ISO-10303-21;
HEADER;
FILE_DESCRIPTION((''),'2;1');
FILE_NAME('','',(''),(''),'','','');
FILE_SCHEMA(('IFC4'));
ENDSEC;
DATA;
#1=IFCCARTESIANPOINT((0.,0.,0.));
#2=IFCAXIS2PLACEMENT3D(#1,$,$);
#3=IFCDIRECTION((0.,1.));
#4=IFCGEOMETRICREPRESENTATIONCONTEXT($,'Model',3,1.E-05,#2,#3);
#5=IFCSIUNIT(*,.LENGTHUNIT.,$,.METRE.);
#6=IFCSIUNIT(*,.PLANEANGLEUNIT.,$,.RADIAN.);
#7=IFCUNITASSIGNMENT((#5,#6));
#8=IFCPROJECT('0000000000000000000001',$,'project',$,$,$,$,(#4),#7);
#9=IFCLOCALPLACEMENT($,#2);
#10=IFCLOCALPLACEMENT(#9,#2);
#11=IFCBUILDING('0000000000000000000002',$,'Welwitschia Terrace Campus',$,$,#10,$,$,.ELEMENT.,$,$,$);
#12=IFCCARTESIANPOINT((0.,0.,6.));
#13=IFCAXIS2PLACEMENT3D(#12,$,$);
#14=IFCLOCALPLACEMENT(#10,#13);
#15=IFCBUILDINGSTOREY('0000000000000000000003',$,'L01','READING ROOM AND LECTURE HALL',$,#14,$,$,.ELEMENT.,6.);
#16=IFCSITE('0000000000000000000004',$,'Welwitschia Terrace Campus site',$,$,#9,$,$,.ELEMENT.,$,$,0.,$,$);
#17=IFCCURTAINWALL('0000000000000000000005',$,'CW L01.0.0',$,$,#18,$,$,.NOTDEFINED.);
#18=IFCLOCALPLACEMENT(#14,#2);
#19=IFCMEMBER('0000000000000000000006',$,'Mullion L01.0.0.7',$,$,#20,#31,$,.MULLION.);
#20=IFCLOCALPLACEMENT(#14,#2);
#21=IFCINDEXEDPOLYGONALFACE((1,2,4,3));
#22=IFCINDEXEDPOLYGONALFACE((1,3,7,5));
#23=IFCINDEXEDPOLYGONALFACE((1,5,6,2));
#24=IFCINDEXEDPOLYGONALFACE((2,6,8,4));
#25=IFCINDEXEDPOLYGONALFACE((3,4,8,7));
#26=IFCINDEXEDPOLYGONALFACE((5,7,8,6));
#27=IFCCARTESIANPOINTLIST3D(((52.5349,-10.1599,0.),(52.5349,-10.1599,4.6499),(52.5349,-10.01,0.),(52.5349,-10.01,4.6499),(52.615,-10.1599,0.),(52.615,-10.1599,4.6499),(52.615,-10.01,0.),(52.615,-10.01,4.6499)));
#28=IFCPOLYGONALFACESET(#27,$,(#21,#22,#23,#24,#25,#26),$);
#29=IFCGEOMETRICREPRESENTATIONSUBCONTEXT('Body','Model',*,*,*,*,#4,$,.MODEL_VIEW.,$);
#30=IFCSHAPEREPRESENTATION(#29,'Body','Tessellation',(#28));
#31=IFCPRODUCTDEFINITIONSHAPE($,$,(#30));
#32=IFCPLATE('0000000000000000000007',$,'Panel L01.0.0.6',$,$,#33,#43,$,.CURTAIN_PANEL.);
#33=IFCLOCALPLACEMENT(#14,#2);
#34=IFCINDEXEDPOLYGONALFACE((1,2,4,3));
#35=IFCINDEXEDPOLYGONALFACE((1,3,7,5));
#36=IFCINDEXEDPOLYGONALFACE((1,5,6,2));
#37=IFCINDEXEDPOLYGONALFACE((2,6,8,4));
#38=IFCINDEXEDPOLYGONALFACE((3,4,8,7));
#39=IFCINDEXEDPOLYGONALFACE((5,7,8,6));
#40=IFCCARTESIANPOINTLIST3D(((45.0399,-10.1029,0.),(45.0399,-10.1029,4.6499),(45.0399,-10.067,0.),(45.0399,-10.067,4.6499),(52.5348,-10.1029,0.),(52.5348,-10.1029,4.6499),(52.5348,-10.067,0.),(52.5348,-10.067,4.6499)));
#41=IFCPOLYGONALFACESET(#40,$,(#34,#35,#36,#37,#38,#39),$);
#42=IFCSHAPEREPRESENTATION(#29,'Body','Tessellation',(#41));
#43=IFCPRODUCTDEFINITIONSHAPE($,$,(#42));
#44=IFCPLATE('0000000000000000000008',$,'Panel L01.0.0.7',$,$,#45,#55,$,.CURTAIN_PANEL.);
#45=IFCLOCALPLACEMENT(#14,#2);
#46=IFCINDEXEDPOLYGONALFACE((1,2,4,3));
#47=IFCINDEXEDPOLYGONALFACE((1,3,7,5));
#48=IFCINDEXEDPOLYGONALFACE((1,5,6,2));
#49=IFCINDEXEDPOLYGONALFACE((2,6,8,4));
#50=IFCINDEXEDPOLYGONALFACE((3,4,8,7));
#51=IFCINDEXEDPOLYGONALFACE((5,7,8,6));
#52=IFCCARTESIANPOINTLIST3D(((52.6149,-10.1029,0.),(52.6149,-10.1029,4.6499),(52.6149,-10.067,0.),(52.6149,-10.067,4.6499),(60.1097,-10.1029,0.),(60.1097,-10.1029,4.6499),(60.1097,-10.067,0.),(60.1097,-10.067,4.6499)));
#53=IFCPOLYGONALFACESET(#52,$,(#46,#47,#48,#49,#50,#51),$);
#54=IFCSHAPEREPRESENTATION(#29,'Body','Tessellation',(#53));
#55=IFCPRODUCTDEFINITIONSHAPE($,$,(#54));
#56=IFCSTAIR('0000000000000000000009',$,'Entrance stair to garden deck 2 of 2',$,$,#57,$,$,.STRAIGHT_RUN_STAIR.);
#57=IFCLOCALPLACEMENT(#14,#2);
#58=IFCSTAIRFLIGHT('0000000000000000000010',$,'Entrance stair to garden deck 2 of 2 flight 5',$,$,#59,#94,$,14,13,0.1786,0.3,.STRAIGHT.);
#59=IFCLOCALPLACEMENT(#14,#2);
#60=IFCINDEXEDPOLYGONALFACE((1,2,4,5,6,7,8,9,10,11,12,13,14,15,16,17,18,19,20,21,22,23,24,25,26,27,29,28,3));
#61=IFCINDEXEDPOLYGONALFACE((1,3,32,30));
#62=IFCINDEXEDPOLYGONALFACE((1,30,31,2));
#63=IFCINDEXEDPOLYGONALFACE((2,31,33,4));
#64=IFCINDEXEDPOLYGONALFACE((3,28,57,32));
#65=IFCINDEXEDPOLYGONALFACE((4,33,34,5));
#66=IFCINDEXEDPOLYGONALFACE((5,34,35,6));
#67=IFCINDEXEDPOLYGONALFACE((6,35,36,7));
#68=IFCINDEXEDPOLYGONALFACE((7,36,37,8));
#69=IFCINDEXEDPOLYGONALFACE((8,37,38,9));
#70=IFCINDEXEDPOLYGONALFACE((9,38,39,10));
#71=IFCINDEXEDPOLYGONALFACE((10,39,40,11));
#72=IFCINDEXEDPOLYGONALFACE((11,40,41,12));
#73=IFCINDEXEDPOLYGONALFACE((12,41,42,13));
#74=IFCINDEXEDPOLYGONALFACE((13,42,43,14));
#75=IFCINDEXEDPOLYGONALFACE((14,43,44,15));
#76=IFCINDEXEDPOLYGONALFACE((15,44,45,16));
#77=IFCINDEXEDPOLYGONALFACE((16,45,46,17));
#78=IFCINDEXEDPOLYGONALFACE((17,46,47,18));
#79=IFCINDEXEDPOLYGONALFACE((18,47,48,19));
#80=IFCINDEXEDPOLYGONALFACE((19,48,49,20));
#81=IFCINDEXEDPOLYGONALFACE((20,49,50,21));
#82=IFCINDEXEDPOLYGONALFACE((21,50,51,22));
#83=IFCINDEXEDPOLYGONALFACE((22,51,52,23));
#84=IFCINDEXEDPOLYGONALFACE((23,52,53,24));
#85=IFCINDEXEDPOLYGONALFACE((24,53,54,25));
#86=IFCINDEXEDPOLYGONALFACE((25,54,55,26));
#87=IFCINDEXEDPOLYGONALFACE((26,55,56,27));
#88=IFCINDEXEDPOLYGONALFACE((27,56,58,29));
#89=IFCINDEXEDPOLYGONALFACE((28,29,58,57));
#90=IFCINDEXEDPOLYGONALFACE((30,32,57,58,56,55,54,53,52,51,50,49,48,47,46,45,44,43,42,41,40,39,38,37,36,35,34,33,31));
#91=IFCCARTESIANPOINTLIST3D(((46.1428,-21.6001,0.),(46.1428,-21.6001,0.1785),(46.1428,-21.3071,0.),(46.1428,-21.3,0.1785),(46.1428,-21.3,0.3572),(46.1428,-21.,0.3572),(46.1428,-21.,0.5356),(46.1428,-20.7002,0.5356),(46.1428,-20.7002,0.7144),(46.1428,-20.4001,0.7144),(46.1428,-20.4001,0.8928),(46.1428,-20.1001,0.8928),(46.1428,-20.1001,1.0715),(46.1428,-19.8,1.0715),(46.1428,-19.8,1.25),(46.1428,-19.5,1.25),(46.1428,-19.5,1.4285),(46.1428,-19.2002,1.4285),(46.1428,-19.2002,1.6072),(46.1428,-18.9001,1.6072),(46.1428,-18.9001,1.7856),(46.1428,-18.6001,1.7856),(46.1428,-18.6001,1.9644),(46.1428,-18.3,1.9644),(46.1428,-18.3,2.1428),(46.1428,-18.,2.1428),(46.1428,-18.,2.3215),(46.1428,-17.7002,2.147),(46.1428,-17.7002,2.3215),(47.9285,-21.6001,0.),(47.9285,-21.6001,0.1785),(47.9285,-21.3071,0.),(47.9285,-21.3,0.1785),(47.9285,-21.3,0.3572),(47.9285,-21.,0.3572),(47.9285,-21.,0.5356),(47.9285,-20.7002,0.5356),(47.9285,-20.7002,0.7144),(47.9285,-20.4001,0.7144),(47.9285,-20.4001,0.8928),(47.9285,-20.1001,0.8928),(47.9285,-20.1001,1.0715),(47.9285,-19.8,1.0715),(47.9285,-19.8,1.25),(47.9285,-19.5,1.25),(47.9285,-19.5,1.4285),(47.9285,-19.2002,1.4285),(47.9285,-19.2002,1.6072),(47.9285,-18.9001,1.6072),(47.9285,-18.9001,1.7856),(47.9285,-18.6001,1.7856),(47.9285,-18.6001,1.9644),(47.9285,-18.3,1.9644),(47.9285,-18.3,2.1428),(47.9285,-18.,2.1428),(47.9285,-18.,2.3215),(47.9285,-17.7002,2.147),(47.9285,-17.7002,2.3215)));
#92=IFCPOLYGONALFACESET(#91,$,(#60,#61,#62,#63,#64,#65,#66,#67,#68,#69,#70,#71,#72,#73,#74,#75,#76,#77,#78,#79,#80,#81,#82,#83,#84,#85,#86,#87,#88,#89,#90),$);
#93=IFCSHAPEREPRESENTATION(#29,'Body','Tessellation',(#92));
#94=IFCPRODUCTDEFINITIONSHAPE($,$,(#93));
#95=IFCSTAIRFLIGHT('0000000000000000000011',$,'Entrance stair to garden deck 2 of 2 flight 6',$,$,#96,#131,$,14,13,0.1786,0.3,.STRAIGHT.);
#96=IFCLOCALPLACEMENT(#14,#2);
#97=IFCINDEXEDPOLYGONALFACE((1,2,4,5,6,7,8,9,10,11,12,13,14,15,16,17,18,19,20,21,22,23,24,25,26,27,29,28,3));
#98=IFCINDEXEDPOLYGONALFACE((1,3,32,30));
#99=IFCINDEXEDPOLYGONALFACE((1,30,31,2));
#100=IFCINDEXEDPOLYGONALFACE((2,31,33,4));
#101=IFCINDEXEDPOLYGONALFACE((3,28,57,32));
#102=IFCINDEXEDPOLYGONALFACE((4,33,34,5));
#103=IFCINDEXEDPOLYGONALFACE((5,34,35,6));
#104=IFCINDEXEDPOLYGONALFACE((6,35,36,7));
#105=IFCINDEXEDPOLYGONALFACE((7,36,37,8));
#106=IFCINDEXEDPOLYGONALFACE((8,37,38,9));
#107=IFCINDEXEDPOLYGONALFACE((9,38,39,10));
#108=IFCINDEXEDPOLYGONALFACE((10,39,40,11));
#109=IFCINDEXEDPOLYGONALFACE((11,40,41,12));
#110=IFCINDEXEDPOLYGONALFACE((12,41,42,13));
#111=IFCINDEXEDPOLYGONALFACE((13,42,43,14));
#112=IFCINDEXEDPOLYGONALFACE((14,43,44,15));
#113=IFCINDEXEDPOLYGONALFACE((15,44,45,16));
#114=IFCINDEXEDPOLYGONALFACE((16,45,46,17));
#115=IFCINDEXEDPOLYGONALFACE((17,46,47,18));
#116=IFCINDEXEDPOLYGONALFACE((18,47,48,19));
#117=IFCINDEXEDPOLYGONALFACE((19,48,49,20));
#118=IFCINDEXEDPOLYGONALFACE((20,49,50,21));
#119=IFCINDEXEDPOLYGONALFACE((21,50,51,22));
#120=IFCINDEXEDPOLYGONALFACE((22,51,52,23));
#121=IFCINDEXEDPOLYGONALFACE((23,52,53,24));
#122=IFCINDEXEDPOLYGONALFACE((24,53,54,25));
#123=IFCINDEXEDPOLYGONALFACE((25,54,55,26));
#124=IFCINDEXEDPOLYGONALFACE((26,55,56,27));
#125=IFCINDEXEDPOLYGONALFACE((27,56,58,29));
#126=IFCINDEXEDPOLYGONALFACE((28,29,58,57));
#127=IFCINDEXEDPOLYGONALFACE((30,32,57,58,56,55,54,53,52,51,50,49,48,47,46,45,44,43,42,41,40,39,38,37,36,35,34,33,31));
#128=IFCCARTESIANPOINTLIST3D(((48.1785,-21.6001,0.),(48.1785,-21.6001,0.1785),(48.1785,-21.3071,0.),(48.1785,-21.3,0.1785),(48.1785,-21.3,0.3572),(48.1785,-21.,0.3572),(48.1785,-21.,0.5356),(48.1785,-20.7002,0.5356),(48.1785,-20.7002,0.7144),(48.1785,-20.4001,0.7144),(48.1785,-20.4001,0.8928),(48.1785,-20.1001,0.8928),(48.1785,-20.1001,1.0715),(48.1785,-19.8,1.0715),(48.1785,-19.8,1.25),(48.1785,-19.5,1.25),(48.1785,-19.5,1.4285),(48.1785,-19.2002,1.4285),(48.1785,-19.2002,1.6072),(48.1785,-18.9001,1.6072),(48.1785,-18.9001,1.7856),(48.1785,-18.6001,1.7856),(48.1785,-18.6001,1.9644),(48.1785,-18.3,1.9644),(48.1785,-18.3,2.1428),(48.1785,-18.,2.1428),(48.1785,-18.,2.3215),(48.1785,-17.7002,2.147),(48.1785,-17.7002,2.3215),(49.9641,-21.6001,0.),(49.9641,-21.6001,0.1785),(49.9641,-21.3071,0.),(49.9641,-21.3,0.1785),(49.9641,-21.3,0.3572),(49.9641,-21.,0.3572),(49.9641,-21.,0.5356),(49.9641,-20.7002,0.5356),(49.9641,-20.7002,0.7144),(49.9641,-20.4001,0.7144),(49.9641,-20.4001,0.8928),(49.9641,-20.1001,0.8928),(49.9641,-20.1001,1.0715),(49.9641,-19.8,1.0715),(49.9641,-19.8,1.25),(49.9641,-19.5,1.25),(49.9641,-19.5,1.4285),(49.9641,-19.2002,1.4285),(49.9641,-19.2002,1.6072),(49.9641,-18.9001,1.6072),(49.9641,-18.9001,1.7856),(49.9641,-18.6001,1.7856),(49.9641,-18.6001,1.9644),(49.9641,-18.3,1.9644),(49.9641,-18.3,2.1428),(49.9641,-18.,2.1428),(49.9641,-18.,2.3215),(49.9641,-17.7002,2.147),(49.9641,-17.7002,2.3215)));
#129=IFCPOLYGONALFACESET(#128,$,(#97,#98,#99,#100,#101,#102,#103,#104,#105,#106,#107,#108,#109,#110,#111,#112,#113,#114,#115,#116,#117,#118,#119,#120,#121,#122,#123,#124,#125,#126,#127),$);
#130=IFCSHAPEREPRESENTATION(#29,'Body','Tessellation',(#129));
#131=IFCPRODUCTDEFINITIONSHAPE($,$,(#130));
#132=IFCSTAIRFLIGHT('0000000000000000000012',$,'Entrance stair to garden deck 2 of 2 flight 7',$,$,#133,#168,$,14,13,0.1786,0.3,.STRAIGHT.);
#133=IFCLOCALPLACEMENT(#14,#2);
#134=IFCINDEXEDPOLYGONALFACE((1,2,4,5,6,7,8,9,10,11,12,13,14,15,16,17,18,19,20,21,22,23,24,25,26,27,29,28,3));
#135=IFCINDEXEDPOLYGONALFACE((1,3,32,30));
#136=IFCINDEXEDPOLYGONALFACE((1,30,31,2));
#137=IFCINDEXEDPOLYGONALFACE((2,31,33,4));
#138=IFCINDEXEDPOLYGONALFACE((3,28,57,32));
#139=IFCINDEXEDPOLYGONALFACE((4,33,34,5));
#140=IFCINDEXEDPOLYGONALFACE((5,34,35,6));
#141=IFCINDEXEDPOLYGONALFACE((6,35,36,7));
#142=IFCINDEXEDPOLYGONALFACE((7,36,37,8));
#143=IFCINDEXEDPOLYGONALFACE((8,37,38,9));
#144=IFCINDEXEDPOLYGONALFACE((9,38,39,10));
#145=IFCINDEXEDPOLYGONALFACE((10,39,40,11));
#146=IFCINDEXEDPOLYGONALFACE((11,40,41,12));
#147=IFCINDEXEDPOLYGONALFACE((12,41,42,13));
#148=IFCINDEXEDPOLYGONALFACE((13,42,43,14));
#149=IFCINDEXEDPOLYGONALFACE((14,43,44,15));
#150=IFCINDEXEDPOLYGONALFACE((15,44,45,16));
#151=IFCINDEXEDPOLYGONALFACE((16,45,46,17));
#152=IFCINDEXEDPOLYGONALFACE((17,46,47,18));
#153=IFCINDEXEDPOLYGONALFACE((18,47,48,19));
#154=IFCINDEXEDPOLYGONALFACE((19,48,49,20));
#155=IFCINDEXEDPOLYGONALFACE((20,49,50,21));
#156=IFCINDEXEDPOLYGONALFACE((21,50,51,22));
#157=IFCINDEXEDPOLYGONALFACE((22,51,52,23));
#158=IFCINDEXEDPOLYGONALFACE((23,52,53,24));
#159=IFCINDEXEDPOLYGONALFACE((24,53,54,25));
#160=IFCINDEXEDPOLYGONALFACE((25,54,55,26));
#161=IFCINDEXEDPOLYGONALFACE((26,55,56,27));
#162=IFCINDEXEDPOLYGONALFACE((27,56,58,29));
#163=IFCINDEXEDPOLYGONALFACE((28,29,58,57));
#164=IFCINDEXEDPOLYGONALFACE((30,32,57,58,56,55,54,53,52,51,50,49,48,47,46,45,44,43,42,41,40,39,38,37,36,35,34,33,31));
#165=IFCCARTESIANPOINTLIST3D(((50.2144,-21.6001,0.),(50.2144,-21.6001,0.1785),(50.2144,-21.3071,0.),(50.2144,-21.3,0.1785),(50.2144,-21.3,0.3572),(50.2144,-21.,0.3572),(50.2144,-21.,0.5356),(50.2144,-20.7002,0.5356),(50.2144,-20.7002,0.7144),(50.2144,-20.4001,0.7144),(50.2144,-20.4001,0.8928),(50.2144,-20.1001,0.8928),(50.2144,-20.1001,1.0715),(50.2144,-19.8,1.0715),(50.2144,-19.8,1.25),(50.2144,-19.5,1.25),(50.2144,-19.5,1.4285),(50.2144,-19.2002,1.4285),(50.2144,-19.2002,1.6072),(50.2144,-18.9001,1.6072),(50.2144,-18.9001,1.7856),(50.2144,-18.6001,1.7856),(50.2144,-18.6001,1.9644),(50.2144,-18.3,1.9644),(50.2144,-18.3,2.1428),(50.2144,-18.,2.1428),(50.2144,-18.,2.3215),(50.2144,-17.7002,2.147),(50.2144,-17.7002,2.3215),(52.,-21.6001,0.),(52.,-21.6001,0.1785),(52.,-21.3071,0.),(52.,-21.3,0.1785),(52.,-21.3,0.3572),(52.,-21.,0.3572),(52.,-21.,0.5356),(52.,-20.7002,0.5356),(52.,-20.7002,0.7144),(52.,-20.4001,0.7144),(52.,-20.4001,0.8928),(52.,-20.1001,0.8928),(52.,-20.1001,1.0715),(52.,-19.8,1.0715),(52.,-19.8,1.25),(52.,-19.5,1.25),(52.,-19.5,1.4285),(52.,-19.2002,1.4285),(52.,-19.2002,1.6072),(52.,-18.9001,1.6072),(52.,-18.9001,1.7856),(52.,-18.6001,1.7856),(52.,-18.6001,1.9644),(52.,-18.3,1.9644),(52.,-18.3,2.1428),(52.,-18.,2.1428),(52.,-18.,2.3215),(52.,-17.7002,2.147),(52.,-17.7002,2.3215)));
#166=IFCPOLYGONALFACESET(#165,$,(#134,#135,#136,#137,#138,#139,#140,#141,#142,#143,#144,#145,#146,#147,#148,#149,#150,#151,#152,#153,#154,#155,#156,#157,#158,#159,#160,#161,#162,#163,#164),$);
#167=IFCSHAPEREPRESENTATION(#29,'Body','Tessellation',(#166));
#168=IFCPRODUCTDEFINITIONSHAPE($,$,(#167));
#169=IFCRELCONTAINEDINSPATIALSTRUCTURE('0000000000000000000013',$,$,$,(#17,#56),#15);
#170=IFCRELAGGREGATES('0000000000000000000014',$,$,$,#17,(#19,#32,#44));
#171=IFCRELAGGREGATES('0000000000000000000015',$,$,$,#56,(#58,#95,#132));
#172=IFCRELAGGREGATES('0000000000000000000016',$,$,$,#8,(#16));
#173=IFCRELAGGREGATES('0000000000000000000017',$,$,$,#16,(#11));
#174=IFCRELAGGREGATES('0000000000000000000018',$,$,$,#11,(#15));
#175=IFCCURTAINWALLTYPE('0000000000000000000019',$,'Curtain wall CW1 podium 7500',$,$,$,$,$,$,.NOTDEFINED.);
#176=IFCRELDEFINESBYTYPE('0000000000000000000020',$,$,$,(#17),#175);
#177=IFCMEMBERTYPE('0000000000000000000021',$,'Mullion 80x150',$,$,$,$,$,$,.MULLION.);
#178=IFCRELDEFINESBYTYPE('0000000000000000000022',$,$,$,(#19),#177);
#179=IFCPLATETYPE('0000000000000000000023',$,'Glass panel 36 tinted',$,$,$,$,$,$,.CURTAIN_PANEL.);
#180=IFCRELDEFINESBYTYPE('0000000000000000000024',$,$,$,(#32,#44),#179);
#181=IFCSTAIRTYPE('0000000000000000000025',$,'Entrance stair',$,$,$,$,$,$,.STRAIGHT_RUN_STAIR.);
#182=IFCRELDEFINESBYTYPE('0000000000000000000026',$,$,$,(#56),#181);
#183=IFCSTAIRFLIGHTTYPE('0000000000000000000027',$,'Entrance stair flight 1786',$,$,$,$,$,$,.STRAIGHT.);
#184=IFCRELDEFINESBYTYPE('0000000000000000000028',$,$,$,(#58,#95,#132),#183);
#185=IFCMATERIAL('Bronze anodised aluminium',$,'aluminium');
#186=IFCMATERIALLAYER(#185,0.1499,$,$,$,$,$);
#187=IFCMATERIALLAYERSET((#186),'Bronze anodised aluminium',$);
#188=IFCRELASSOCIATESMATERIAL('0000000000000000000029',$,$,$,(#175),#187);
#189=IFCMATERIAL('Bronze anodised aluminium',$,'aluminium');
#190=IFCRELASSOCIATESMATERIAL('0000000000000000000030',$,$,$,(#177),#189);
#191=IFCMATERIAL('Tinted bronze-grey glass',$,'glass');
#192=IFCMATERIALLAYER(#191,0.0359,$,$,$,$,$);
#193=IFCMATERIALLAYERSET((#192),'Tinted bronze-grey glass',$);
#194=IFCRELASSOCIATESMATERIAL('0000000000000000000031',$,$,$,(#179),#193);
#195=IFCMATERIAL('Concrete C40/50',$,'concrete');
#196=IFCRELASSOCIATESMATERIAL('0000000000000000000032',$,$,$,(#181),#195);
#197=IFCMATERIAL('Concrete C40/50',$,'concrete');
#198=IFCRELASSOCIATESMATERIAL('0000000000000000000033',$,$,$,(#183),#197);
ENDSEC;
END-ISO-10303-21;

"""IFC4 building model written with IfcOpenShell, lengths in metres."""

from ifc_helpers import new_model, si_unit, direction, frame, origin, origin_2d, place, context, subcontext, project, spatial, polyline, rectangle, outline, extrude, material, layer, layer_set, material_profile, profile_set, type_object, element, aggregate, save


model = new_model("IFC4")

# Units and contexts
model_context = context("Model", 3, precision=1e-05, world=origin(), true_north=direction((0.0, 1.0)))
body_context = subcontext(model_context, "Body", "Model", "MODEL_VIEW")
ifc_project = project(units=[si_unit("LENGTHUNIT", "METRE"), si_unit("PLANEANGLEUNIT", "RADIAN")], contexts=[model_context])

# Site, building, storey
site_placement = place(None, origin())
site = spatial("IfcSite", under=ifc_project, at=site_placement, Name="Welwitschia Terrace Campus site", CompositionType="ELEMENT", RefElevation=0.0)
building_placement = place(site_placement, origin())
building = spatial("IfcBuilding", under=site, at=building_placement, Name="Welwitschia Terrace Campus", CompositionType="ELEMENT")
storey_placement = place(building_placement, frame((0.0, 0.0, 6.0)))
storey = spatial("IfcBuildingStorey", under=building, at=storey_placement, Name="L01", Description="READING ROOM AND LECTURE HALL", CompositionType="ELEMENT", Elevation=6.0)

# Curtain wall, member, plates
ifc_material_1 = material(Name="Bronze anodised aluminium", Category="aluminium")
ifc_layer_1 = layer(ifc_material_1, 0.1499)
ifc_layer_set_1 = layer_set([ifc_layer_1], Name="Bronze anodised aluminium")
curtain_wall_type = type_object("IfcCurtainWallType", Name="Curtain wall CW1 podium 7500", PredefinedType="NOTDEFINED", material=ifc_layer_set_1)
curtain_wall_placement = place(storey_placement, origin())
curtain_wall = element("IfcCurtainWall", 1, at=curtain_wall_placement, inside=storey, type_object=curtain_wall_type, Name="CW L01.0.0", PredefinedType="NOTDEFINED")
ifc_material_2 = material(Name="Bronze anodised aluminium", Category="aluminium")
ifc_material_profile = material_profile(ifc_material_2, rectangle(XDim=0.1499, YDim=0.0801, at=origin_2d()))
ifc_profile_set = profile_set([ifc_material_profile], Name="Bronze anodised aluminium")
member_type = type_object("IfcMemberType", Name="Mullion 80x150", PredefinedType="MULLION", material=ifc_profile_set)
member_placement = place(storey_placement, frame((52.575, -10.085, 0.0), z_axis=(0.0, 0.0, 1.0), x_axis=(0.0, 1.0, 0.0)))
member = element("IfcMember", 2, at=member_placement, type_object=member_type, Name="Mullion L01.0.0.7", PredefinedType="MULLION", context=body_context, shape_type="SweptSolid", body=[
    extrude(rectangle(XDim=0.1499, YDim=0.0801, at=origin_2d()), origin(), (0.0, 0.0, 1.0), 4.6499),
])
ifc_material_3 = material(Name="Tinted bronze-grey glass", Category="glass")
ifc_layer_2 = layer(ifc_material_3, 0.0359)
ifc_layer_set_2 = layer_set([ifc_layer_2], Name="Tinted bronze-grey glass")
plate_type = type_object("IfcPlateType", Name="Glass panel 36 tinted", PredefinedType="CURTAIN_PANEL", material=ifc_layer_set_2)
plate_1_placement = place(storey_placement, frame((48.7874, -10.085, 0.0), z_axis=(0.0, 0.0, 1.0), x_axis=(1.0, 0.0, 0.0)))
plate_1 = element("IfcPlate", 3, at=plate_1_placement, type_object=plate_type, Name="Panel L01.0.0.6", PredefinedType="CURTAIN_PANEL", context=body_context, shape_type="SweptSolid", body=[
    extrude(rectangle(XDim=7.4949, YDim=0.0359, at=origin_2d()), origin(), (0.0, 0.0, 1.0), 4.6499),
])
plate_2_placement = place(storey_placement, frame((56.3623, -10.085, 0.0), z_axis=(0.0, 0.0, 1.0), x_axis=(1.0, 0.0, 0.0)))
plate_2 = element("IfcPlate", 4, at=plate_2_placement, type_object=plate_type, Name="Panel L01.0.0.7", PredefinedType="CURTAIN_PANEL", context=body_context, shape_type="SweptSolid", body=[
    extrude(rectangle(XDim=7.4949, YDim=0.0359, at=origin_2d()), origin(), (0.0, 0.0, 1.0), 4.6499),
])
aggregate(curtain_wall, [member, plate_1, plate_2])

# Stair, stair flights
ifc_material_4 = material(Name="Concrete C40/50", Category="concrete")
stair_type = type_object("IfcStairType", Name="Entrance stair", PredefinedType="STRAIGHT_RUN_STAIR", material=ifc_material_4)
stair_placement = place(storey_placement, origin())
stair = element("IfcStair", 5, at=stair_placement, inside=storey, type_object=stair_type, Name="Entrance stair to garden deck 2 of 2", PredefinedType="STRAIGHT_RUN_STAIR")
ifc_material_5 = material(Name="Concrete C40/50", Category="concrete")
stair_flight_type = type_object("IfcStairFlightType", Name="Entrance stair flight 1786", PredefinedType="STRAIGHT", material=ifc_material_5)
stair_flight_1_placement = place(storey_placement, frame((47.0356, -21.6001, 0.0), z_axis=(0.0, 0.0, 1.0), x_axis=(0.0, 1.0, 0.0)))
stair_flight_1 = element("IfcStairFlight", 6, at=stair_flight_1_placement, type_object=stair_flight_type, Name="Entrance stair to garden deck 2 of 2 flight 5", NumberOfRisers=14, NumberOfTreads=13, PredefinedType="STRAIGHT", RiserHeight=0.1786, TreadLength=0.3, context=body_context, shape_type="SweptSolid", body=[
    extrude(outline(polyline([(0.0, 0.0), (0.0, 0.1785), (0.3, 0.1785), (0.3, 0.3572), (0.6001, 0.3572), (0.6001, 0.5356), (0.8999, 0.5356), (0.8999, 0.7144), (1.2, 0.7144), (1.2, 0.8928), (1.5, 0.8928), (1.5, 1.0715), (1.8, 1.0715), (1.8, 1.25), (2.1001, 1.25), (2.1001, 1.4285), (2.3999, 1.4285), (2.3999, 1.6072), (2.7, 1.6072), (2.7, 1.7856), (3.0, 1.7856), (3.0, 1.9644), (3.3, 1.9644), (3.3, 2.1428), (3.6001, 2.1428), (3.6001, 2.3215), (3.8999, 2.3215), (3.8999, 2.5), (3.8999, 2.147), (0.293, 0.0), (0.0, 0.0)])), frame((0.0, 0.8928, 0.0), z_axis=(0.0, -1.0, 0.0), x_axis=(1.0, 0.0, 0.0)), (0.0, 0.0, 1.0), 1.7856),
])
stair_flight_2_placement = place(storey_placement, frame((49.0713, -21.6001, 0.0), z_axis=(0.0, 0.0, 1.0), x_axis=(0.0, 1.0, 0.0)))
stair_flight_2 = element("IfcStairFlight", 7, at=stair_flight_2_placement, type_object=stair_flight_type, Name="Entrance stair to garden deck 2 of 2 flight 6", NumberOfRisers=14, NumberOfTreads=13, PredefinedType="STRAIGHT", RiserHeight=0.1786, TreadLength=0.3, context=body_context, shape_type="SweptSolid", body=[
    extrude(outline(polyline([(0.0, 0.0), (0.0, 0.1785), (0.3, 0.1785), (0.3, 0.3572), (0.6001, 0.3572), (0.6001, 0.5356), (0.8999, 0.5356), (0.8999, 0.7144), (1.2, 0.7144), (1.2, 0.8928), (1.5, 0.8928), (1.5, 1.0715), (1.8, 1.0715), (1.8, 1.25), (2.1001, 1.25), (2.1001, 1.4285), (2.3999, 1.4285), (2.3999, 1.6072), (2.7, 1.6072), (2.7, 1.7856), (3.0, 1.7856), (3.0, 1.9644), (3.3, 1.9644), (3.3, 2.1428), (3.6001, 2.1428), (3.6001, 2.3215), (3.8999, 2.3215), (3.8999, 2.5), (3.8999, 2.147), (0.293, 0.0), (0.0, 0.0)])), frame((0.0, 0.8928, 0.0), z_axis=(0.0, -1.0, 0.0), x_axis=(1.0, 0.0, 0.0)), (0.0, 0.0, 1.0), 1.7856),
])
stair_flight_3_placement = place(storey_placement, frame((51.1072, -21.6001, 0.0), z_axis=(0.0, 0.0, 1.0), x_axis=(0.0, 1.0, 0.0)))
stair_flight_3 = element("IfcStairFlight", 8, at=stair_flight_3_placement, type_object=stair_flight_type, Name="Entrance stair to garden deck 2 of 2 flight 7", NumberOfRisers=14, NumberOfTreads=13, PredefinedType="STRAIGHT", RiserHeight=0.1786, TreadLength=0.3, context=body_context, shape_type="SweptSolid", body=[
    extrude(outline(polyline([(0.0, 0.0), (0.0, 0.1785), (0.3, 0.1785), (0.3, 0.3572), (0.6001, 0.3572), (0.6001, 0.5356), (0.8999, 0.5356), (0.8999, 0.7144), (1.2, 0.7144), (1.2, 0.8928), (1.5, 0.8928), (1.5, 1.0715), (1.8, 1.0715), (1.8, 1.25), (2.1001, 1.25), (2.1001, 1.4285), (2.3999, 1.4285), (2.3999, 1.6072), (2.7, 1.6072), (2.7, 1.7856), (3.0, 1.7856), (3.0, 1.9644), (3.3, 1.9644), (3.3, 2.1428), (3.6001, 2.1428), (3.6001, 2.3215), (3.8999, 2.3215), (3.8999, 2.5), (3.8999, 2.147), (0.293, 0.0), (0.0, 0.0)])), frame((0.0, 0.8928, 0.0), z_axis=(0.0, -1.0, 0.0), x_axis=(1.0, 0.0, 0.0)), (0.0, 0.0, 1.0), 1.7856),
])
aggregate(stair, [stair_flight_1, stair_flight_2, stair_flight_3])

save(model, "model.ifc")
